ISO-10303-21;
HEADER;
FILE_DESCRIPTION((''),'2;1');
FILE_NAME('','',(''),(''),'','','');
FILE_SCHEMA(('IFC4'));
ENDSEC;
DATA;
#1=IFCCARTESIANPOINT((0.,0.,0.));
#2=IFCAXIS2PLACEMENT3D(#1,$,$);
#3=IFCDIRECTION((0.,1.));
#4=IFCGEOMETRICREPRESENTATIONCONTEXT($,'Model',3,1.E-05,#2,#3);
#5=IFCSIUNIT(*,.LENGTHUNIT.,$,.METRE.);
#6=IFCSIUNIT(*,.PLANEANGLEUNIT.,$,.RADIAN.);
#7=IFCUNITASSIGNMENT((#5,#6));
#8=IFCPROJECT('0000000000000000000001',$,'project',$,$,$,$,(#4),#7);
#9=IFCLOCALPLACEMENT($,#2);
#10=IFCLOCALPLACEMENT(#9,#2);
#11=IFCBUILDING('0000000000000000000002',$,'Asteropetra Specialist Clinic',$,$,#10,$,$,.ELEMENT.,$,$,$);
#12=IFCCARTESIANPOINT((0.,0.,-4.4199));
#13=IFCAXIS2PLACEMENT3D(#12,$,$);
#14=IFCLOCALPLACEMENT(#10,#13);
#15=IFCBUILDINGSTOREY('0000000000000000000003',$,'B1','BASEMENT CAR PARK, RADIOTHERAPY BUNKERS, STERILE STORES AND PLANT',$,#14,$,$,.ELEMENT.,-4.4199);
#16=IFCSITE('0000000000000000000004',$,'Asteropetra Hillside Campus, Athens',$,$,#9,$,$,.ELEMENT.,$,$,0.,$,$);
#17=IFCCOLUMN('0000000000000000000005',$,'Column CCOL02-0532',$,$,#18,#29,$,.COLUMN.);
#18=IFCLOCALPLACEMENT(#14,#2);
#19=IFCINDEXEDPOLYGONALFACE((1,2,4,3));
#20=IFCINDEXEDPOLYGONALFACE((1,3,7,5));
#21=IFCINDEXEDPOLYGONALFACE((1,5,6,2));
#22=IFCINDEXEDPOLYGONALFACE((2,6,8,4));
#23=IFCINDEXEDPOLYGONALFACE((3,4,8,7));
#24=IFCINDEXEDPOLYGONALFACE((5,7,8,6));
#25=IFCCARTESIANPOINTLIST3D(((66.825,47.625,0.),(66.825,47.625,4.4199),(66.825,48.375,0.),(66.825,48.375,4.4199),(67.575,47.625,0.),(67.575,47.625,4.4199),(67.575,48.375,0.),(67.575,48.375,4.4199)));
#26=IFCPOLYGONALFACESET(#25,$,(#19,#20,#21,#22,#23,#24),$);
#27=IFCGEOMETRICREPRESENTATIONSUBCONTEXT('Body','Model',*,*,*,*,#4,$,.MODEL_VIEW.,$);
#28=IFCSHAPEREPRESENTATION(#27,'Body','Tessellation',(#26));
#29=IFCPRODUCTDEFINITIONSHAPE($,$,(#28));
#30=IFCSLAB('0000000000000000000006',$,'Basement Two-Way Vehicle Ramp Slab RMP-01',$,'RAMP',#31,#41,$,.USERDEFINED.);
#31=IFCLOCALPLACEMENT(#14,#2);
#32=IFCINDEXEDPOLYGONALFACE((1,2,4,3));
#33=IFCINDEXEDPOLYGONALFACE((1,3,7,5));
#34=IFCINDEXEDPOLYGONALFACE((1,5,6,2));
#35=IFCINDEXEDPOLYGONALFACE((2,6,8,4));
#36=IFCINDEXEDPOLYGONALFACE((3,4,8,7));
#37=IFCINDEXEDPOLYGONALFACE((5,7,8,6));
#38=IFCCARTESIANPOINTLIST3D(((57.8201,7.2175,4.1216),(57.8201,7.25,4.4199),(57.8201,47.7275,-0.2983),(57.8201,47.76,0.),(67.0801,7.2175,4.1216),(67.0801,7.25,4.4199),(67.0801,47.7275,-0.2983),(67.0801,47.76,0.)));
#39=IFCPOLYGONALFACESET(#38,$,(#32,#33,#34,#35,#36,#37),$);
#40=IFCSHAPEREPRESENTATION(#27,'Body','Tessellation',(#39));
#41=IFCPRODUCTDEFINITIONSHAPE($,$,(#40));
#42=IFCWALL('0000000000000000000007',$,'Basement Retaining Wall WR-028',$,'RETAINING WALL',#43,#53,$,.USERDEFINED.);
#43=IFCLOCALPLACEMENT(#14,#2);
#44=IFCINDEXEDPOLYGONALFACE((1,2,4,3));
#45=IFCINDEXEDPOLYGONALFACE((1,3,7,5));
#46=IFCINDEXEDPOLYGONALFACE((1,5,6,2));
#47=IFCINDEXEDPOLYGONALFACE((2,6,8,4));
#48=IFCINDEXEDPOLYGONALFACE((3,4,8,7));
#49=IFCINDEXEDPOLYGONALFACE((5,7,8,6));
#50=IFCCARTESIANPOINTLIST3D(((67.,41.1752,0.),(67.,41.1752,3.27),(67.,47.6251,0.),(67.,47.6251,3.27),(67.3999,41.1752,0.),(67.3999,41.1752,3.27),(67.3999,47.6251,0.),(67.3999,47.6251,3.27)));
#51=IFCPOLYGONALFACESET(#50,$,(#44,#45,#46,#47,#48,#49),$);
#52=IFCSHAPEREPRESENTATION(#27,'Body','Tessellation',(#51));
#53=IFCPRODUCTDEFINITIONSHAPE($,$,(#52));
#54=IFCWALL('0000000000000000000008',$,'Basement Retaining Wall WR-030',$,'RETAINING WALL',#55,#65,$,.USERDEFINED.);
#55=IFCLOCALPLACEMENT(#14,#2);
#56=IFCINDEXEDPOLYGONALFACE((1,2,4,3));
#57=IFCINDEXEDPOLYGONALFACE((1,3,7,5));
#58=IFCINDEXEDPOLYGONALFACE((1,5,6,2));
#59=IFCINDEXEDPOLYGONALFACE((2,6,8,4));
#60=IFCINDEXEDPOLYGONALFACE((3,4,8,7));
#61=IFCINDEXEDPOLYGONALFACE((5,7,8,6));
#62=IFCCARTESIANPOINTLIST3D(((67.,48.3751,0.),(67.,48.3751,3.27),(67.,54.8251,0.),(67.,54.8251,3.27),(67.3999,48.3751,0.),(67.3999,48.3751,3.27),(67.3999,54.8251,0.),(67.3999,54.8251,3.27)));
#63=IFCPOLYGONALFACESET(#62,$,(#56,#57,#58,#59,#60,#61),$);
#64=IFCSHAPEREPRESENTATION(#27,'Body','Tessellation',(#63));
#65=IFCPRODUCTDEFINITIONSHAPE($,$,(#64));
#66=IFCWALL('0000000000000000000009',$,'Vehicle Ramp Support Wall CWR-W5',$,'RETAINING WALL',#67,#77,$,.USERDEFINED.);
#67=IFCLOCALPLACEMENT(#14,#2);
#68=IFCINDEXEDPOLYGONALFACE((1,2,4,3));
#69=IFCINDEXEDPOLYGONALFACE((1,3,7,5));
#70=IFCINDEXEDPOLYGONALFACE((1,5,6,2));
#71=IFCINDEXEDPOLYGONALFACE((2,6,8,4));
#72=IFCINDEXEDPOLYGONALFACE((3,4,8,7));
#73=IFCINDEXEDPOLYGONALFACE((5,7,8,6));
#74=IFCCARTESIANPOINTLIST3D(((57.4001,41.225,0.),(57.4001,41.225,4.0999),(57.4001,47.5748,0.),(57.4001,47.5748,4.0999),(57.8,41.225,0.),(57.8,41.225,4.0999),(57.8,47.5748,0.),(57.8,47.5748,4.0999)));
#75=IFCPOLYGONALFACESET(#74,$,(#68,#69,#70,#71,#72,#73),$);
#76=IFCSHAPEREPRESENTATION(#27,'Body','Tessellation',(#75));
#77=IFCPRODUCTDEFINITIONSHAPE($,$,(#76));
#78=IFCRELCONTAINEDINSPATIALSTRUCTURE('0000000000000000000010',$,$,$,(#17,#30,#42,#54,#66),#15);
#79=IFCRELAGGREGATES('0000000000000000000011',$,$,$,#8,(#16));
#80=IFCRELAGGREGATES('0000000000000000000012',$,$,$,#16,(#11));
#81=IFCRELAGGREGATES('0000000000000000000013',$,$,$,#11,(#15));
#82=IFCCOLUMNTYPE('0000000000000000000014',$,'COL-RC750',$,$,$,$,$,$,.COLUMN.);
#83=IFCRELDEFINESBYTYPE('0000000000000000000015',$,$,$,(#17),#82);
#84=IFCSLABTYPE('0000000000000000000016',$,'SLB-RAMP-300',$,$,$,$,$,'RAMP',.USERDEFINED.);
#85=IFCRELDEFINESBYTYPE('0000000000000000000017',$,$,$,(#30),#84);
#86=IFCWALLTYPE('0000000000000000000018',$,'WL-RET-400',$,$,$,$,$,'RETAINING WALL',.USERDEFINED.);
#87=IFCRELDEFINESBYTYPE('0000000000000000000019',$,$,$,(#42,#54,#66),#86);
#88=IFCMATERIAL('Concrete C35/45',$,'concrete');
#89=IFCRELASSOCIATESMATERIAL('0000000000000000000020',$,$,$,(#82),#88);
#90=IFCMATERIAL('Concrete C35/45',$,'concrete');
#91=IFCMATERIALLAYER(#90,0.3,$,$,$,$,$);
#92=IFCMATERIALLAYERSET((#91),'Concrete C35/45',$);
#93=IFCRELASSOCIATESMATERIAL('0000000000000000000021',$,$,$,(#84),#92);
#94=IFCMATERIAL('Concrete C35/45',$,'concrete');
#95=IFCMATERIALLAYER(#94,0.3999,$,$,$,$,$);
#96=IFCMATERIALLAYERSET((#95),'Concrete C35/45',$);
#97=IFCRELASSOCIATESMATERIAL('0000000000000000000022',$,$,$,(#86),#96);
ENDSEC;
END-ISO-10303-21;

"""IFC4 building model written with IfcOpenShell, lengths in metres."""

from ifc_helpers import new_model, si_unit, direction, frame, frame_2d, origin, origin_2d, place, context, subcontext, project, spatial, polyline, rectangle, outline, extrude, material, layer, layer_set, material_profile, profile_set, type_object, element, save


model = new_model("IFC4")

# Units and contexts
model_context = context("Model", 3, precision=1e-05, world=origin(), true_north=direction((0.0, 1.0)))
body_context = subcontext(model_context, "Body", "Model", "MODEL_VIEW")
ifc_project = project(units=[si_unit("LENGTHUNIT", "METRE"), si_unit("PLANEANGLEUNIT", "RADIAN")], contexts=[model_context])

# Site, building, storey
site_placement = place(None, origin())
site = spatial("IfcSite", under=ifc_project, at=site_placement, Name="Asteropetra Hillside Campus, Athens", CompositionType="ELEMENT", RefElevation=0.0)
building_placement = place(site_placement, origin())
building = spatial("IfcBuilding", under=site, at=building_placement, Name="Asteropetra Specialist Clinic", CompositionType="ELEMENT")
storey_placement = place(building_placement, frame((0.0, 0.0, -4.4199)))
storey = spatial("IfcBuildingStorey", under=building, at=storey_placement, Name="B1", Description="BASEMENT CAR PARK, RADIOTHERAPY BUNKERS, STERILE STORES AND PLANT", CompositionType="ELEMENT", Elevation=-4.4199)

# Column
ifc_material_1 = material(Name="Concrete C35/45", Category="concrete")
ifc_material_profile_1 = material_profile(ifc_material_1, rectangle(XDim=0.75, YDim=0.75, at=origin_2d()), Name="RC 750x750")
ifc_profile_set_1 = profile_set([ifc_material_profile_1], Name="Concrete C35/45")
column_type = type_object("IfcColumnType", Name="COL-RC750", PredefinedType="COLUMN", material=ifc_profile_set_1)
for number, where, z_axis, x_axis, name in (
    (1, (67.2, 48.0, 0.0), (0.0, 0.0, 1.0), (1.0, 0.0, 0.0), "Column CCOL02-0532"),
):
    element("IfcColumn", number, at=place(storey_placement, frame(where, z_axis=z_axis, x_axis=x_axis)), inside=storey, type_object=column_type, Name=name, PredefinedType="COLUMN", context=body_context, shape_type="SweptSolid", body=[
        extrude(rectangle(XDim=0.75, YDim=0.75, at=origin_2d()), origin(), (0.0, 0.0, 1.0), 4.4199),
    ])

# Slab
ifc_material_2 = material(Name="Concrete C35/45", Category="concrete")
ifc_layer_1 = layer(ifc_material_2, 0.3)
ifc_layer_set_1 = layer_set([ifc_layer_1], Name="Concrete C35/45")
slab_type = type_object("IfcSlabType", Name="SLB-RAMP-300", ElementType="RAMP", PredefinedType="USERDEFINED", material=ifc_layer_set_1)
slab_placement = place(storey_placement, frame((57.8201, 47.76, 0.0), z_axis=(0.0, 0.108463, 0.9941), x_axis=(1.0, 0.0, 0.0)))
element("IfcSlab", 2, at=slab_placement, inside=storey, type_object=slab_type, Name="Basement Two-Way Vehicle Ramp Slab RMP-01", ObjectType="RAMP", PredefinedType="USERDEFINED", context=body_context, shape_type="SweptSolid", body=[
    extrude(outline(polyline([(0.0, 0.0), (9.26, 0.0), (9.26, -40.7504), (0.0, -40.7504), (0.0, 0.0)])), origin(), (0.0, 0.0, -1.0), 0.3),
])

# Walls
ifc_material_3 = material(Name="Concrete C35/45", Category="concrete")
ifc_layer_2 = layer(ifc_material_3, 0.3999)
ifc_layer_set_2 = layer_set([ifc_layer_2], Name="Concrete C35/45")
wall_type = type_object("IfcWallType", Name="WL-RET-400", ElementType="RETAINING WALL", PredefinedType="USERDEFINED", material=ifc_layer_set_2)
for number, where, z_axis, x_axis, name in (
    (3, (67.2, 41.175, 0.0), (0.0, 0.0, 1.0), (0.0, 1.0, 0.0), "Basement Retaining Wall WR-028"),
    (4, (67.2, 48.375, 0.0), (0.0, 0.0, 1.0), (0.0, 1.0, 0.0), "Basement Retaining Wall WR-030"),
):
    element("IfcWall", number, at=place(storey_placement, frame(where, z_axis=z_axis, x_axis=x_axis)), inside=storey, type_object=wall_type, Name=name, ObjectType="RETAINING WALL", PredefinedType="USERDEFINED", context=body_context, shape_type="SweptSolid", body=[
        extrude(rectangle(XDim=6.45, YDim=0.3999, at=frame_2d((3.2251, 0.0))), origin(), (0.0, 0.0, 1.0), 3.27),
    ])
wall_placement = place(storey_placement, frame((57.6001, 41.2251, 0.0), z_axis=(0.0, 0.0, 1.0), x_axis=(0.0, 1.0, 0.0)))
element("IfcWall", 5, at=wall_placement, inside=storey, type_object=wall_type, Name="Vehicle Ramp Support Wall CWR-W5", ObjectType="RETAINING WALL", PredefinedType="USERDEFINED", context=body_context, shape_type="SweptSolid", body=[
    extrude(rectangle(XDim=6.3499, YDim=0.3999, at=frame_2d((3.1748, 0.0))), origin(), (0.0, 0.0, 1.0), 4.0999),
])

save(model, "model.ifc")
